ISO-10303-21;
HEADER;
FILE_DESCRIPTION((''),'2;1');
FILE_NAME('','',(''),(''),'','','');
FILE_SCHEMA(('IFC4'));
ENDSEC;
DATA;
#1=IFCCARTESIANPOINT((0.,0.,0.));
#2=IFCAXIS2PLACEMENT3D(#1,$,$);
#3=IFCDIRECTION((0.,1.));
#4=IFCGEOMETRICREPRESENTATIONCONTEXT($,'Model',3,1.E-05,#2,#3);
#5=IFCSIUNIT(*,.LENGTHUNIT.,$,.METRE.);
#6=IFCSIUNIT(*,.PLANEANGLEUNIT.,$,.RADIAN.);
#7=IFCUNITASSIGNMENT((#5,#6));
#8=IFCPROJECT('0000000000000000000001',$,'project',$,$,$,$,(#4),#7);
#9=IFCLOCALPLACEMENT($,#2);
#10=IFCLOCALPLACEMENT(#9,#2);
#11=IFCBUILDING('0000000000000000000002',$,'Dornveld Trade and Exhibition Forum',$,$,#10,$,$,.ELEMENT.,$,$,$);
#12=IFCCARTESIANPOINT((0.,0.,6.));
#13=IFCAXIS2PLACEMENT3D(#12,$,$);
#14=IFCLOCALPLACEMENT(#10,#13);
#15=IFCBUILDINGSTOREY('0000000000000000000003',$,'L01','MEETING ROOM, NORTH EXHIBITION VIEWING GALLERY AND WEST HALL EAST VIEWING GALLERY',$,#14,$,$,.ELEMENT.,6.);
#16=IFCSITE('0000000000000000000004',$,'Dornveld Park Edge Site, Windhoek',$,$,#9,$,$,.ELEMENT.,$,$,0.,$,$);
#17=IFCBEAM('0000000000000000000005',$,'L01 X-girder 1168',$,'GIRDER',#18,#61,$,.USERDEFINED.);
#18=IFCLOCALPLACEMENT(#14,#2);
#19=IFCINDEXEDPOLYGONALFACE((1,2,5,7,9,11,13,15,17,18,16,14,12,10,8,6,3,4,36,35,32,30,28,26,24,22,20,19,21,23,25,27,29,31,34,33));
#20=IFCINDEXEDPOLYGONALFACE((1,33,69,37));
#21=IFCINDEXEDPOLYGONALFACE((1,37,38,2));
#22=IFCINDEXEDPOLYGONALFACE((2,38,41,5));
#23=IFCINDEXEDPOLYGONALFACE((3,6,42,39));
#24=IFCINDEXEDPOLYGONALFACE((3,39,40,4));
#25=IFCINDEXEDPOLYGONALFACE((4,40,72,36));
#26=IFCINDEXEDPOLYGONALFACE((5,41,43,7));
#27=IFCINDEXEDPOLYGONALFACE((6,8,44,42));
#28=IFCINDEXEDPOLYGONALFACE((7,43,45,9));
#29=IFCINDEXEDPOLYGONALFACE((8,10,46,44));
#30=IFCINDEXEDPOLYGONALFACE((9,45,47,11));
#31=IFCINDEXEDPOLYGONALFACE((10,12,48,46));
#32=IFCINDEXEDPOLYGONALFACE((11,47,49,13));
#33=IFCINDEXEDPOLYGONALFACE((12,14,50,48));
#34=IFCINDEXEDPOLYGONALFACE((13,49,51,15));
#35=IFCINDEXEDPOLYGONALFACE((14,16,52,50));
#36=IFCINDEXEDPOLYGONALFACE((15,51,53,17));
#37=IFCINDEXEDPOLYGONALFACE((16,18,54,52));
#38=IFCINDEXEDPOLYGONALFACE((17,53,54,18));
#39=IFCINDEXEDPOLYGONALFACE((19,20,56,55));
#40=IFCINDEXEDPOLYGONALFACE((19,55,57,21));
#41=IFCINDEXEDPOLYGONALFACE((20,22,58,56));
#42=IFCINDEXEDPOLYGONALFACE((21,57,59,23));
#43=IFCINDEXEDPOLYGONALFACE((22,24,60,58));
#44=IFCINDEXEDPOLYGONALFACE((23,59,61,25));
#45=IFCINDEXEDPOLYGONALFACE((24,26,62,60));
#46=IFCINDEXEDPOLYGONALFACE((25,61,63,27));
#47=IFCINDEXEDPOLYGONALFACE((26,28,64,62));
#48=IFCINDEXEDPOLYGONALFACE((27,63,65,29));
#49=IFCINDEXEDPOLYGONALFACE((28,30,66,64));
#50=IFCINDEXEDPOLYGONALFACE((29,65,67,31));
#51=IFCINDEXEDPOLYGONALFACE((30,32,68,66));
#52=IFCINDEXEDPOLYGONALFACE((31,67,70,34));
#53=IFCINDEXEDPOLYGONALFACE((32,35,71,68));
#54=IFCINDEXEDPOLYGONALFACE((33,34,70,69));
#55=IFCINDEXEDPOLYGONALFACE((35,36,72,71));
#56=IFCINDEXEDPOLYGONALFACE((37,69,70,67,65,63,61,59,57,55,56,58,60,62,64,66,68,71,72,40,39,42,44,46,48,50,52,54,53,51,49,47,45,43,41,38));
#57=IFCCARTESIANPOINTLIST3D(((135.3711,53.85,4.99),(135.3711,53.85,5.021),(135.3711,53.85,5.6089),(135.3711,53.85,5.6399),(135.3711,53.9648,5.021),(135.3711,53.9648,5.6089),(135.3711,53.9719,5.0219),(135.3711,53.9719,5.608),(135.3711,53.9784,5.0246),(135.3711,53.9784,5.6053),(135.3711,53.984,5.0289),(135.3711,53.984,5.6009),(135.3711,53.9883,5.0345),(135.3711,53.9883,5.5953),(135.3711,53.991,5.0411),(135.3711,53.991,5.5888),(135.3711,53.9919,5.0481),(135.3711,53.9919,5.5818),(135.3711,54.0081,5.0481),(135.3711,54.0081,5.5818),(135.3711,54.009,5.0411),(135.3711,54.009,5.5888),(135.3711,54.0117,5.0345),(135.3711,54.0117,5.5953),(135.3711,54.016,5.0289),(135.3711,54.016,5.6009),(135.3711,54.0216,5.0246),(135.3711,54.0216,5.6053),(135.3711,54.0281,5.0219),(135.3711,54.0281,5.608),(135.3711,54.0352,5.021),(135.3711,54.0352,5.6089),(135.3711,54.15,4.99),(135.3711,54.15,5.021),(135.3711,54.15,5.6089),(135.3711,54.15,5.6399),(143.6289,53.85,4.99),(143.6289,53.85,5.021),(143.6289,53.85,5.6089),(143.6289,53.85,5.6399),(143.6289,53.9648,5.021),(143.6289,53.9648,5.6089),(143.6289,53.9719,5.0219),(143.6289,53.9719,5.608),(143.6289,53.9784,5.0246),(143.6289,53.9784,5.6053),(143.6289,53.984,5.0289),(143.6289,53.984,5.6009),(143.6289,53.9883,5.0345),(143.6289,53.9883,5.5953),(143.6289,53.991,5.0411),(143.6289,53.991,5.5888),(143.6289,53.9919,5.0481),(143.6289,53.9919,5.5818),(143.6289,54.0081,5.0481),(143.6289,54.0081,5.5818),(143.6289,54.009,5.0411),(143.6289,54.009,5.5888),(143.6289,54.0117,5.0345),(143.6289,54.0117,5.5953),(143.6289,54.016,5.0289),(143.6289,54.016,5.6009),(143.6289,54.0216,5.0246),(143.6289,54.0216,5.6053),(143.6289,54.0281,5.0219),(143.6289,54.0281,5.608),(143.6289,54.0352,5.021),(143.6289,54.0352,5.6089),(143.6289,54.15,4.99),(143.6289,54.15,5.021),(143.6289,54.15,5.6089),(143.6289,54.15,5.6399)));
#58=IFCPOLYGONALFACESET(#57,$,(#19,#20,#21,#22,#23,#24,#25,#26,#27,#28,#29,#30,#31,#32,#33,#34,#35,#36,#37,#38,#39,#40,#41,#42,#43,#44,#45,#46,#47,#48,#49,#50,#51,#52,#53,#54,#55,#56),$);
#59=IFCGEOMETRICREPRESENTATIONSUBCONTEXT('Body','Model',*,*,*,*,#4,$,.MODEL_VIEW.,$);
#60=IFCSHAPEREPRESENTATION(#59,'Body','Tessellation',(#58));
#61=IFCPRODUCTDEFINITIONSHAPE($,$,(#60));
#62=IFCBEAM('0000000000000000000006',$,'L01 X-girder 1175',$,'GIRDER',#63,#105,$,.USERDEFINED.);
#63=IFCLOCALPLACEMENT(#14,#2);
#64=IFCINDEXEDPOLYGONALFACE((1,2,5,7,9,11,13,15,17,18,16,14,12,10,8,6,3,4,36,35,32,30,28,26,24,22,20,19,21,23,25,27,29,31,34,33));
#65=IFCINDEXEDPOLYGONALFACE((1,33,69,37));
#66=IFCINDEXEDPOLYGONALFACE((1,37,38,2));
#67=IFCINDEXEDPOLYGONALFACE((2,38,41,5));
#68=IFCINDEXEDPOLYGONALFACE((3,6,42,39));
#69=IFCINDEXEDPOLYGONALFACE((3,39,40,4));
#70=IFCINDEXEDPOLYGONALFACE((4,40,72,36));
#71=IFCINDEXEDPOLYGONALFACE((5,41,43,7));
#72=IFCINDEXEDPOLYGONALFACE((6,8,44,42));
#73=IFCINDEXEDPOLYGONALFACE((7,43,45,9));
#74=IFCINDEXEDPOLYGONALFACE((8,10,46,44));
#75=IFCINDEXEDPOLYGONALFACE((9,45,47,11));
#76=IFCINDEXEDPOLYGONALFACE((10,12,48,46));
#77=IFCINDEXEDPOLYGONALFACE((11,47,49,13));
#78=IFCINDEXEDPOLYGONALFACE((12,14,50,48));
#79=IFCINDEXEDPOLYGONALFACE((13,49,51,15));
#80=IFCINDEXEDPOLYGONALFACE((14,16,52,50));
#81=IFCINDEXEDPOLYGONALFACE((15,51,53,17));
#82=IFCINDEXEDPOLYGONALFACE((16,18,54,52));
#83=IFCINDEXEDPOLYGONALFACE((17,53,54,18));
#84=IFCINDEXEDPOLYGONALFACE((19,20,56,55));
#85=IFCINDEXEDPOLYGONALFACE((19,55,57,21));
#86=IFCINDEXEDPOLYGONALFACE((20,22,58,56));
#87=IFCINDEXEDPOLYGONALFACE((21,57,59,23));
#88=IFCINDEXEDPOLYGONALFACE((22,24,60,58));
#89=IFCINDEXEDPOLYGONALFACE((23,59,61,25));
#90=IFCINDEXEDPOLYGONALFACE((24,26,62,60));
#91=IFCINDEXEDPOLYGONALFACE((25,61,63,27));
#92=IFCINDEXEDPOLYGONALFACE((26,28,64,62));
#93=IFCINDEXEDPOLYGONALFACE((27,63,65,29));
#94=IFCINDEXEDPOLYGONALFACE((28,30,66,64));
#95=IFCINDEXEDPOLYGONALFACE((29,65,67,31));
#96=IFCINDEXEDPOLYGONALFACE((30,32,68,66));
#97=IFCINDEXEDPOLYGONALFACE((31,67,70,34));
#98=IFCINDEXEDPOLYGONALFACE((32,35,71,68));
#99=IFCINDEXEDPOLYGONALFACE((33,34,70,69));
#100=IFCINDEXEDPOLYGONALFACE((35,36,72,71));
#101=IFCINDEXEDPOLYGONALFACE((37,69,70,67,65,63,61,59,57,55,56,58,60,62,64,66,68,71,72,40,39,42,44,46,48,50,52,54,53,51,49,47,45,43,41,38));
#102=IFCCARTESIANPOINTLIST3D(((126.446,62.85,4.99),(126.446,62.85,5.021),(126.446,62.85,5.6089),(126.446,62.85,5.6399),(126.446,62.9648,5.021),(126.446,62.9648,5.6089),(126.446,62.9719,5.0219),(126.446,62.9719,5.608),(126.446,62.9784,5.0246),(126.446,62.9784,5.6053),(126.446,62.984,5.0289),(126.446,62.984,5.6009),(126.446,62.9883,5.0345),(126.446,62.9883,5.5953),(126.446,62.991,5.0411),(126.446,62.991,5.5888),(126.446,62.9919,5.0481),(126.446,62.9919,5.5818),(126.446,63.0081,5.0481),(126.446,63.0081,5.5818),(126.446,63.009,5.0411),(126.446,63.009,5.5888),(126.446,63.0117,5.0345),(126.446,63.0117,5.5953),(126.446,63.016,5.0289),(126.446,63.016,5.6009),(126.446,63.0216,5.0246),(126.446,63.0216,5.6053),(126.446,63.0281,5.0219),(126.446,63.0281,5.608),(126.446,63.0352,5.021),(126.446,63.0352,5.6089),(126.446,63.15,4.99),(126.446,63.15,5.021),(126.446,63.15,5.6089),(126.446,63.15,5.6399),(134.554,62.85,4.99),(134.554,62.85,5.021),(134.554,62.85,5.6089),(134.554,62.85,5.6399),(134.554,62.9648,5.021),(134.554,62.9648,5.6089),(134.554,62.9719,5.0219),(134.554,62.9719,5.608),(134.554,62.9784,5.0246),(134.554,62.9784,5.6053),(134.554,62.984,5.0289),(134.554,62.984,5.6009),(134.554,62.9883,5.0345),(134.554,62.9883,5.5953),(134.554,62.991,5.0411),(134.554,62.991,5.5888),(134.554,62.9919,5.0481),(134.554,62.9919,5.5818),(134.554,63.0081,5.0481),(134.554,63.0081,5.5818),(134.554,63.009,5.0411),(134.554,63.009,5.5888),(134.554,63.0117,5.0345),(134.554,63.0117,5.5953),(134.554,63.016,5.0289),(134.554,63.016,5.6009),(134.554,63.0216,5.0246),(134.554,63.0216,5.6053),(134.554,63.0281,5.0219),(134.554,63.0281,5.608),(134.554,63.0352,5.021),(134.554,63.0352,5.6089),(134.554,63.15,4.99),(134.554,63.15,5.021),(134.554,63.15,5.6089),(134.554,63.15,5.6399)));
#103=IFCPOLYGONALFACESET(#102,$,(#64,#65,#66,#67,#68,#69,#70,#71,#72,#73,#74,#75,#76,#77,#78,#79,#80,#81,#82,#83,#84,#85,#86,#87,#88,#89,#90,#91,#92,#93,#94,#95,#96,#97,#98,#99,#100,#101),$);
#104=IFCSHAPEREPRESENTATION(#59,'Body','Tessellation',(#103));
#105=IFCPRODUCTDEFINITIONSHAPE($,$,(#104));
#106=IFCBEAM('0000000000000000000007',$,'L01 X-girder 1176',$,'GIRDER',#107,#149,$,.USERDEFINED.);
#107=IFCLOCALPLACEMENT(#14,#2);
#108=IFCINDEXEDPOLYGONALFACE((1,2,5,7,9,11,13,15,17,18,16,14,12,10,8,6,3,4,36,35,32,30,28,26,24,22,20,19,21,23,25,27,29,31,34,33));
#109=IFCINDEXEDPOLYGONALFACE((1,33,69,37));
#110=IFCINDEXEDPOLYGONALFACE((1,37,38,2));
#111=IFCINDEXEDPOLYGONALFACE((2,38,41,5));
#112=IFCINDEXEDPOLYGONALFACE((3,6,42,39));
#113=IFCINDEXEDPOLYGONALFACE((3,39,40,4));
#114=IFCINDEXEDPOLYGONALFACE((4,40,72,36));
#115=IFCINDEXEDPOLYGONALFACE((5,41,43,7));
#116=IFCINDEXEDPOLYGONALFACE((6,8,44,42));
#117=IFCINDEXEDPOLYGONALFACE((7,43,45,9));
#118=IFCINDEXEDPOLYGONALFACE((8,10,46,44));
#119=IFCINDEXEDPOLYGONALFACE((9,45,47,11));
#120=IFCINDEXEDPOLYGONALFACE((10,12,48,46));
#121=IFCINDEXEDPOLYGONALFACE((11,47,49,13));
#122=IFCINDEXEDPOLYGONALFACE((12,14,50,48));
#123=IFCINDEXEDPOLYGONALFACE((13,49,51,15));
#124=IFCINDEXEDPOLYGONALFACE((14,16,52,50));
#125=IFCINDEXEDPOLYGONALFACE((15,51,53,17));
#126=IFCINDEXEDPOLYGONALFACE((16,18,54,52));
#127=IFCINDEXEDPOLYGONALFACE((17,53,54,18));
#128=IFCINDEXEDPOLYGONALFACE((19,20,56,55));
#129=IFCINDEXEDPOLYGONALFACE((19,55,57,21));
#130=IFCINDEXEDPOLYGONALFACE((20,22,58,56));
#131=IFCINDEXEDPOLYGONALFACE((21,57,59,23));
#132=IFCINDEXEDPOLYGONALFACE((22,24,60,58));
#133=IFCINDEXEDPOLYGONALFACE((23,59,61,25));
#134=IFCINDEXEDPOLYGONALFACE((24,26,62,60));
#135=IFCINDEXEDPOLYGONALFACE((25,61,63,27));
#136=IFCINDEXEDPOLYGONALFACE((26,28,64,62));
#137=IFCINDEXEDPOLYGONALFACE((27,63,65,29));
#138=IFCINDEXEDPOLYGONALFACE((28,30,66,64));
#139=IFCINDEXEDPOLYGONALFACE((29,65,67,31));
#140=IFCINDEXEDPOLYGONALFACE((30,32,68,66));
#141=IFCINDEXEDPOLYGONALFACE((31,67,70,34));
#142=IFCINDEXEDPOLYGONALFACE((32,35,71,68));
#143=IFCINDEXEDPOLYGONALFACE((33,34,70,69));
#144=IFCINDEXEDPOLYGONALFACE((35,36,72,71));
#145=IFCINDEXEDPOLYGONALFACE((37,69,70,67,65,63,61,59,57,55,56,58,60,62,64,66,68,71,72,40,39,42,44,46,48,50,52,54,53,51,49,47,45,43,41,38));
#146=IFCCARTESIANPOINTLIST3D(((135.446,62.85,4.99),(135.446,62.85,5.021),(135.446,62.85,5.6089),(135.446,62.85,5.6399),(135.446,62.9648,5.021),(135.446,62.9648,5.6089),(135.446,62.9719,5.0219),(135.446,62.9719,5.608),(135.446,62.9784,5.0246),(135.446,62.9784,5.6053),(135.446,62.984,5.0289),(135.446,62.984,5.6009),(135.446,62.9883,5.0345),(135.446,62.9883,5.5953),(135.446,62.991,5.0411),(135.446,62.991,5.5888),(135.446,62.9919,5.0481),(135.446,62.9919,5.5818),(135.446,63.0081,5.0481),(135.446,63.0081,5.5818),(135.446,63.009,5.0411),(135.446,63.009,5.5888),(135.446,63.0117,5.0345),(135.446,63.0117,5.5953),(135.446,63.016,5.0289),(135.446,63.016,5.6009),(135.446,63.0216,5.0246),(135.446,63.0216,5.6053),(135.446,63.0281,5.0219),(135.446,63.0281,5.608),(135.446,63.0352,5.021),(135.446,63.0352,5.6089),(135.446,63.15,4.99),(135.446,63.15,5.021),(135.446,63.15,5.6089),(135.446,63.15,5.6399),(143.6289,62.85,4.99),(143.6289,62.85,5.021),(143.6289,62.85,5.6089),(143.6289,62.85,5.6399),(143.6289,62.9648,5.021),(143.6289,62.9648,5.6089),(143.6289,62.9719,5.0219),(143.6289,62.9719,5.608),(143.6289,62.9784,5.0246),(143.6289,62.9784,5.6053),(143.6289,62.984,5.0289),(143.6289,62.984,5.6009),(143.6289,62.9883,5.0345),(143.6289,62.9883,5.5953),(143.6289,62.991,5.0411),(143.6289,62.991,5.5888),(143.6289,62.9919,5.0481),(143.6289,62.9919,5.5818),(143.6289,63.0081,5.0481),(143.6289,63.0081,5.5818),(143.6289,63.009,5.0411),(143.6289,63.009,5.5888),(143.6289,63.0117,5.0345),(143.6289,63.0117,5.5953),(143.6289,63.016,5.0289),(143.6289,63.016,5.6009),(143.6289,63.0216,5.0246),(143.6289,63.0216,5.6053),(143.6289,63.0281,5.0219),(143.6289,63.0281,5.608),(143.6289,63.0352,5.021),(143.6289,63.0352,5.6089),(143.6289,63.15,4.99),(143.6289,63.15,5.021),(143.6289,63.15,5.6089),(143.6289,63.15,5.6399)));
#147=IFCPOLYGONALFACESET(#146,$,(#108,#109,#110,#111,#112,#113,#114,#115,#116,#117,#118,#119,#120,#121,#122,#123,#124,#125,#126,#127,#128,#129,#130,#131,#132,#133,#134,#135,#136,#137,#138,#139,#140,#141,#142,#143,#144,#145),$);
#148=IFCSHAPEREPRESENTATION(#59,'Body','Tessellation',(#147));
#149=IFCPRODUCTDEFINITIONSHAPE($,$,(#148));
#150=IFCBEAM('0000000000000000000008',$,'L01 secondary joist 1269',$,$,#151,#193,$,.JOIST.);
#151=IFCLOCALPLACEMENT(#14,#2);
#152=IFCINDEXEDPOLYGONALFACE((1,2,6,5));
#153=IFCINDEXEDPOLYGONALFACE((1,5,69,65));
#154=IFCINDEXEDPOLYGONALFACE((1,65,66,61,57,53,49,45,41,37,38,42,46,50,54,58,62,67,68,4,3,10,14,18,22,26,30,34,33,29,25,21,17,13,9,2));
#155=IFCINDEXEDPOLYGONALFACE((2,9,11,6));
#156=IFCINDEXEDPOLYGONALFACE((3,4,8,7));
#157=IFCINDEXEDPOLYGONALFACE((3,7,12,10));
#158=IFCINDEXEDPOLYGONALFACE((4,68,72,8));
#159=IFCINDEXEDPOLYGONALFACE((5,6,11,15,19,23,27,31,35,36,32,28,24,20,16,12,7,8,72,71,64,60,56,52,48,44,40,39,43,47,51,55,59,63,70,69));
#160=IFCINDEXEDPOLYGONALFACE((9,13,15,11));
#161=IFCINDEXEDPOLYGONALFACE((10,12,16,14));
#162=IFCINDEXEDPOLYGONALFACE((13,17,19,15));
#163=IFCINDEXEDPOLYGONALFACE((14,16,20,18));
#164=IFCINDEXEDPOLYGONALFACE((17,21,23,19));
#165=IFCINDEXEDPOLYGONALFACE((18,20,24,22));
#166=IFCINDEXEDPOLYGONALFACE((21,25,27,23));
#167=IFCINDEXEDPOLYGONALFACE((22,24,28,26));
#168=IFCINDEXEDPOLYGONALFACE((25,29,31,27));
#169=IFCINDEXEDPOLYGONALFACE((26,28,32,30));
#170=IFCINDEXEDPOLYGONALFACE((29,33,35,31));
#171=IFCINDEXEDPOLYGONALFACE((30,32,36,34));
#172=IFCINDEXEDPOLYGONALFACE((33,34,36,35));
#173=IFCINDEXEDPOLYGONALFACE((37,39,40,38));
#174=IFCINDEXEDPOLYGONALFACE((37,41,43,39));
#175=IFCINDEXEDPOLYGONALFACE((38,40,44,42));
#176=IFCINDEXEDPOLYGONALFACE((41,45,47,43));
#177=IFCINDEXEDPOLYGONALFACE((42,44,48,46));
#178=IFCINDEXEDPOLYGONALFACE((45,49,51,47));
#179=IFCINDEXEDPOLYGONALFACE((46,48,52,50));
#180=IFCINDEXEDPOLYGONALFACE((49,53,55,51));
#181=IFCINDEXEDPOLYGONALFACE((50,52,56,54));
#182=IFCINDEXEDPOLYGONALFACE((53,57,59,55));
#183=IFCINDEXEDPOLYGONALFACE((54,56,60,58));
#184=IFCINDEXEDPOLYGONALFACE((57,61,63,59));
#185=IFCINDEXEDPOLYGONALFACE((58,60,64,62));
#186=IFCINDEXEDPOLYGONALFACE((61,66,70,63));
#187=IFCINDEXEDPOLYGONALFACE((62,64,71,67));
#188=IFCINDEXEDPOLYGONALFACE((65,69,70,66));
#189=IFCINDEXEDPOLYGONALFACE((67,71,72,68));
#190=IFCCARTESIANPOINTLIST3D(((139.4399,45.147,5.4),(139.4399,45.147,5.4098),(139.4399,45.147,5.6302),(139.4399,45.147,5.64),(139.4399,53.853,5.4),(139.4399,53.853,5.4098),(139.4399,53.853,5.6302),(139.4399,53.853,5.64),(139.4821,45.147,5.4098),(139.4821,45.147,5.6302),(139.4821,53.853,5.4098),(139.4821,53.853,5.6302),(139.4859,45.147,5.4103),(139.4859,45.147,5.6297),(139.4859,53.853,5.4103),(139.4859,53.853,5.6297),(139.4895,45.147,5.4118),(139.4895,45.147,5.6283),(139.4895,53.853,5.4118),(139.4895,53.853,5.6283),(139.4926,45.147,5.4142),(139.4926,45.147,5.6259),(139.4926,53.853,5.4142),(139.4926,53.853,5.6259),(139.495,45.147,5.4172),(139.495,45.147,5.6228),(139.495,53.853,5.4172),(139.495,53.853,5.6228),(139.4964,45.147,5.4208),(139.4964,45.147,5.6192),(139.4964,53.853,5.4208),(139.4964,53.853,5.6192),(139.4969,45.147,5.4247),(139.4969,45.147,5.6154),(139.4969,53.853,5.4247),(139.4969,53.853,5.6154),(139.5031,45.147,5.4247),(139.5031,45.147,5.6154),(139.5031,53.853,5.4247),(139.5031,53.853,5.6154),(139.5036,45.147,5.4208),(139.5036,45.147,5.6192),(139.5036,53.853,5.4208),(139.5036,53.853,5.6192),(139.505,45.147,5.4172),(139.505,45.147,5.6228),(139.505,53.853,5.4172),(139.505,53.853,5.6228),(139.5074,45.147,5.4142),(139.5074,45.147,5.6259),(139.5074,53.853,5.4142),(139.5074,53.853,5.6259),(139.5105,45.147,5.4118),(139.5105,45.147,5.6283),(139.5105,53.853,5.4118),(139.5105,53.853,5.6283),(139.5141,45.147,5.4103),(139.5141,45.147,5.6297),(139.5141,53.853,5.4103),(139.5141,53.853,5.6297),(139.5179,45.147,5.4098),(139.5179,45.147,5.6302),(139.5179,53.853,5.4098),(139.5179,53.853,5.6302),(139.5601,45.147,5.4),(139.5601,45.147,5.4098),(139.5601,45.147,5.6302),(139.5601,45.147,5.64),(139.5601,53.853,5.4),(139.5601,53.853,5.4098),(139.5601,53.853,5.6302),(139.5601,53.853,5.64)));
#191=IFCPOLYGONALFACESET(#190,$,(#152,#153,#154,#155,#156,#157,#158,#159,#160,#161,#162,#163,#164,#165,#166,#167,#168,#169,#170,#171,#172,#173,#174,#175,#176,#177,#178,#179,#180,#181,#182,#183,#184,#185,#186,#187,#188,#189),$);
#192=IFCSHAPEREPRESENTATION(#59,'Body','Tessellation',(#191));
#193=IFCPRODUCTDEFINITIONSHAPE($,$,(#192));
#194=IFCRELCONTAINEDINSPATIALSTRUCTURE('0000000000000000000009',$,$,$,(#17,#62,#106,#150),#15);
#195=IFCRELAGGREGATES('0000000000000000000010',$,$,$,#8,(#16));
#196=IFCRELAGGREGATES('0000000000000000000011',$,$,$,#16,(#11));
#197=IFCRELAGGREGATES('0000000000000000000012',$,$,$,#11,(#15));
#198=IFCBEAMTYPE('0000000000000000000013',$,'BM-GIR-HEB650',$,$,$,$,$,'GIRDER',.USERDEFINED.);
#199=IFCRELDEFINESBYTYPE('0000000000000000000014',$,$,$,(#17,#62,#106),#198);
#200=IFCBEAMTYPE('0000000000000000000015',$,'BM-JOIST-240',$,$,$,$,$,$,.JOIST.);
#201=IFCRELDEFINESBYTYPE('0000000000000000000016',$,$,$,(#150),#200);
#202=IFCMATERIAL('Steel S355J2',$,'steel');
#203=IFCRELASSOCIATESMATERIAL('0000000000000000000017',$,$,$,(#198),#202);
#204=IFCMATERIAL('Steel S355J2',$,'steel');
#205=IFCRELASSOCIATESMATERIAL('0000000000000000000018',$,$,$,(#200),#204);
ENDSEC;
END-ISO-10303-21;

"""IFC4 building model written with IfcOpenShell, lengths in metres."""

from ifc_helpers import new_model, si_unit, direction, frame, origin, origin_2d, place, context, subcontext, project, spatial, i_section, extrude, material, material_profile, profile_set, type_object, element, save


model = new_model("IFC4")

# Units and contexts
model_context = context("Model", 3, precision=1e-05, world=origin(), true_north=direction((0.0, 1.0)))
body_context = subcontext(model_context, "Body", "Model", "MODEL_VIEW")
ifc_project = project(units=[si_unit("LENGTHUNIT", "METRE"), si_unit("PLANEANGLEUNIT", "RADIAN")], contexts=[model_context])

# Site, building, storey
site_placement = place(None, origin())
site = spatial("IfcSite", under=ifc_project, at=site_placement, Name="Dornveld Park Edge Site, Windhoek", CompositionType="ELEMENT", RefElevation=0.0)
building_placement = place(site_placement, origin())
building = spatial("IfcBuilding", under=site, at=building_placement, Name="Dornveld Trade and Exhibition Forum", CompositionType="ELEMENT")
storey_placement = place(building_placement, frame((0.0, 0.0, 6.0)))
storey = spatial("IfcBuildingStorey", under=building, at=storey_placement, Name="L01", Description="MEETING ROOM, NORTH EXHIBITION VIEWING GALLERY AND WEST HALL EAST VIEWING GALLERY", CompositionType="ELEMENT", Elevation=6.0)

# Beams
ifc_material_1 = material(Name="Steel S355J2", Category="steel")
ifc_material_profile_1 = material_profile(ifc_material_1, i_section(OverallWidth=0.3, OverallDepth=0.6499, WebThickness=0.0161, FlangeThickness=0.031, FilletRadius=0.0271, at=origin_2d()), Name="HEB 650")
ifc_profile_set_1 = profile_set([ifc_material_profile_1], Name="Steel S355J2")
beam_type_1 = type_object("IfcBeamType", Name="BM-GIR-HEB650", ElementType="GIRDER", PredefinedType="USERDEFINED", material=ifc_profile_set_1)
for number, where, z_axis, x_axis, name in (
    (1, (135.3711, 54.0, 5.3149), (1.0, 0.0, 0.0), (0.0, 1.0, 0.0), "L01 X-girder 1168"),
):
    element("IfcBeam", number, at=place(storey_placement, frame(where, z_axis=z_axis, x_axis=x_axis)), inside=storey, type_object=beam_type_1, Name=name, ObjectType="GIRDER", PredefinedType="USERDEFINED", context=body_context, shape_type="SweptSolid", body=[
        extrude(i_section(OverallWidth=0.3, OverallDepth=0.6499, WebThickness=0.0161, FlangeThickness=0.031, FilletRadius=0.0271, at=origin_2d()), origin(), (0.0, 0.0, 1.0), 8.2578),
    ])
beam_1_placement = place(storey_placement, frame((126.446, 63.0, 5.3149), z_axis=(1.0, 0.0, 0.0), x_axis=(0.0, 1.0, 0.0)))
element("IfcBeam", 2, at=beam_1_placement, inside=storey, type_object=beam_type_1, Name="L01 X-girder 1175", ObjectType="GIRDER", PredefinedType="USERDEFINED", context=body_context, shape_type="SweptSolid", body=[
    extrude(i_section(OverallWidth=0.3, OverallDepth=0.6499, WebThickness=0.0161, FlangeThickness=0.031, FilletRadius=0.0271, at=origin_2d()), origin(), (0.0, 0.0, 1.0), 8.1079),
])
beam_2_placement = place(storey_placement, frame((135.446, 63.0, 5.3149), z_axis=(1.0, 0.0, 0.0), x_axis=(0.0, 1.0, 0.0)))
element("IfcBeam", 3, at=beam_2_placement, inside=storey, type_object=beam_type_1, Name="L01 X-girder 1176", ObjectType="GIRDER", PredefinedType="USERDEFINED", context=body_context, shape_type="SweptSolid", body=[
    extrude(i_section(OverallWidth=0.3, OverallDepth=0.6499, WebThickness=0.0161, FlangeThickness=0.031, FilletRadius=0.0271, at=origin_2d()), origin(), (0.0, 0.0, 1.0), 8.1829),
])
ifc_material_2 = material(Name="Steel S355J2", Category="steel")
ifc_material_profile_2 = material_profile(ifc_material_2, i_section(OverallWidth=0.1201, OverallDepth=0.24, WebThickness=0.0061, FlangeThickness=0.0098, FilletRadius=0.0149, at=origin_2d()), Name="IPE 240")
ifc_profile_set_2 = profile_set([ifc_material_profile_2], Name="Steel S355J2")
beam_type_2 = type_object("IfcBeamType", Name="BM-JOIST-240", PredefinedType="JOIST", material=ifc_profile_set_2)
for number, where, z_axis, x_axis, name in (
    (4, (139.5, 45.147, 5.52), (0.0, 1.0, 0.0), (-1.0, 0.0, 0.0), "L01 secondary joist 1269"),
):
    element("IfcBeam", number, at=place(storey_placement, frame(where, z_axis=z_axis, x_axis=x_axis)), inside=storey, type_object=beam_type_2, Name=name, PredefinedType="JOIST", context=body_context, shape_type="SweptSolid", body=[
        extrude(i_section(OverallWidth=0.1201, OverallDepth=0.24, WebThickness=0.0061, FlangeThickness=0.0098, FilletRadius=0.0149, at=origin_2d()), origin(), (0.0, 0.0, 1.0), 8.7061),
    ])

save(model, "model.ifc")
